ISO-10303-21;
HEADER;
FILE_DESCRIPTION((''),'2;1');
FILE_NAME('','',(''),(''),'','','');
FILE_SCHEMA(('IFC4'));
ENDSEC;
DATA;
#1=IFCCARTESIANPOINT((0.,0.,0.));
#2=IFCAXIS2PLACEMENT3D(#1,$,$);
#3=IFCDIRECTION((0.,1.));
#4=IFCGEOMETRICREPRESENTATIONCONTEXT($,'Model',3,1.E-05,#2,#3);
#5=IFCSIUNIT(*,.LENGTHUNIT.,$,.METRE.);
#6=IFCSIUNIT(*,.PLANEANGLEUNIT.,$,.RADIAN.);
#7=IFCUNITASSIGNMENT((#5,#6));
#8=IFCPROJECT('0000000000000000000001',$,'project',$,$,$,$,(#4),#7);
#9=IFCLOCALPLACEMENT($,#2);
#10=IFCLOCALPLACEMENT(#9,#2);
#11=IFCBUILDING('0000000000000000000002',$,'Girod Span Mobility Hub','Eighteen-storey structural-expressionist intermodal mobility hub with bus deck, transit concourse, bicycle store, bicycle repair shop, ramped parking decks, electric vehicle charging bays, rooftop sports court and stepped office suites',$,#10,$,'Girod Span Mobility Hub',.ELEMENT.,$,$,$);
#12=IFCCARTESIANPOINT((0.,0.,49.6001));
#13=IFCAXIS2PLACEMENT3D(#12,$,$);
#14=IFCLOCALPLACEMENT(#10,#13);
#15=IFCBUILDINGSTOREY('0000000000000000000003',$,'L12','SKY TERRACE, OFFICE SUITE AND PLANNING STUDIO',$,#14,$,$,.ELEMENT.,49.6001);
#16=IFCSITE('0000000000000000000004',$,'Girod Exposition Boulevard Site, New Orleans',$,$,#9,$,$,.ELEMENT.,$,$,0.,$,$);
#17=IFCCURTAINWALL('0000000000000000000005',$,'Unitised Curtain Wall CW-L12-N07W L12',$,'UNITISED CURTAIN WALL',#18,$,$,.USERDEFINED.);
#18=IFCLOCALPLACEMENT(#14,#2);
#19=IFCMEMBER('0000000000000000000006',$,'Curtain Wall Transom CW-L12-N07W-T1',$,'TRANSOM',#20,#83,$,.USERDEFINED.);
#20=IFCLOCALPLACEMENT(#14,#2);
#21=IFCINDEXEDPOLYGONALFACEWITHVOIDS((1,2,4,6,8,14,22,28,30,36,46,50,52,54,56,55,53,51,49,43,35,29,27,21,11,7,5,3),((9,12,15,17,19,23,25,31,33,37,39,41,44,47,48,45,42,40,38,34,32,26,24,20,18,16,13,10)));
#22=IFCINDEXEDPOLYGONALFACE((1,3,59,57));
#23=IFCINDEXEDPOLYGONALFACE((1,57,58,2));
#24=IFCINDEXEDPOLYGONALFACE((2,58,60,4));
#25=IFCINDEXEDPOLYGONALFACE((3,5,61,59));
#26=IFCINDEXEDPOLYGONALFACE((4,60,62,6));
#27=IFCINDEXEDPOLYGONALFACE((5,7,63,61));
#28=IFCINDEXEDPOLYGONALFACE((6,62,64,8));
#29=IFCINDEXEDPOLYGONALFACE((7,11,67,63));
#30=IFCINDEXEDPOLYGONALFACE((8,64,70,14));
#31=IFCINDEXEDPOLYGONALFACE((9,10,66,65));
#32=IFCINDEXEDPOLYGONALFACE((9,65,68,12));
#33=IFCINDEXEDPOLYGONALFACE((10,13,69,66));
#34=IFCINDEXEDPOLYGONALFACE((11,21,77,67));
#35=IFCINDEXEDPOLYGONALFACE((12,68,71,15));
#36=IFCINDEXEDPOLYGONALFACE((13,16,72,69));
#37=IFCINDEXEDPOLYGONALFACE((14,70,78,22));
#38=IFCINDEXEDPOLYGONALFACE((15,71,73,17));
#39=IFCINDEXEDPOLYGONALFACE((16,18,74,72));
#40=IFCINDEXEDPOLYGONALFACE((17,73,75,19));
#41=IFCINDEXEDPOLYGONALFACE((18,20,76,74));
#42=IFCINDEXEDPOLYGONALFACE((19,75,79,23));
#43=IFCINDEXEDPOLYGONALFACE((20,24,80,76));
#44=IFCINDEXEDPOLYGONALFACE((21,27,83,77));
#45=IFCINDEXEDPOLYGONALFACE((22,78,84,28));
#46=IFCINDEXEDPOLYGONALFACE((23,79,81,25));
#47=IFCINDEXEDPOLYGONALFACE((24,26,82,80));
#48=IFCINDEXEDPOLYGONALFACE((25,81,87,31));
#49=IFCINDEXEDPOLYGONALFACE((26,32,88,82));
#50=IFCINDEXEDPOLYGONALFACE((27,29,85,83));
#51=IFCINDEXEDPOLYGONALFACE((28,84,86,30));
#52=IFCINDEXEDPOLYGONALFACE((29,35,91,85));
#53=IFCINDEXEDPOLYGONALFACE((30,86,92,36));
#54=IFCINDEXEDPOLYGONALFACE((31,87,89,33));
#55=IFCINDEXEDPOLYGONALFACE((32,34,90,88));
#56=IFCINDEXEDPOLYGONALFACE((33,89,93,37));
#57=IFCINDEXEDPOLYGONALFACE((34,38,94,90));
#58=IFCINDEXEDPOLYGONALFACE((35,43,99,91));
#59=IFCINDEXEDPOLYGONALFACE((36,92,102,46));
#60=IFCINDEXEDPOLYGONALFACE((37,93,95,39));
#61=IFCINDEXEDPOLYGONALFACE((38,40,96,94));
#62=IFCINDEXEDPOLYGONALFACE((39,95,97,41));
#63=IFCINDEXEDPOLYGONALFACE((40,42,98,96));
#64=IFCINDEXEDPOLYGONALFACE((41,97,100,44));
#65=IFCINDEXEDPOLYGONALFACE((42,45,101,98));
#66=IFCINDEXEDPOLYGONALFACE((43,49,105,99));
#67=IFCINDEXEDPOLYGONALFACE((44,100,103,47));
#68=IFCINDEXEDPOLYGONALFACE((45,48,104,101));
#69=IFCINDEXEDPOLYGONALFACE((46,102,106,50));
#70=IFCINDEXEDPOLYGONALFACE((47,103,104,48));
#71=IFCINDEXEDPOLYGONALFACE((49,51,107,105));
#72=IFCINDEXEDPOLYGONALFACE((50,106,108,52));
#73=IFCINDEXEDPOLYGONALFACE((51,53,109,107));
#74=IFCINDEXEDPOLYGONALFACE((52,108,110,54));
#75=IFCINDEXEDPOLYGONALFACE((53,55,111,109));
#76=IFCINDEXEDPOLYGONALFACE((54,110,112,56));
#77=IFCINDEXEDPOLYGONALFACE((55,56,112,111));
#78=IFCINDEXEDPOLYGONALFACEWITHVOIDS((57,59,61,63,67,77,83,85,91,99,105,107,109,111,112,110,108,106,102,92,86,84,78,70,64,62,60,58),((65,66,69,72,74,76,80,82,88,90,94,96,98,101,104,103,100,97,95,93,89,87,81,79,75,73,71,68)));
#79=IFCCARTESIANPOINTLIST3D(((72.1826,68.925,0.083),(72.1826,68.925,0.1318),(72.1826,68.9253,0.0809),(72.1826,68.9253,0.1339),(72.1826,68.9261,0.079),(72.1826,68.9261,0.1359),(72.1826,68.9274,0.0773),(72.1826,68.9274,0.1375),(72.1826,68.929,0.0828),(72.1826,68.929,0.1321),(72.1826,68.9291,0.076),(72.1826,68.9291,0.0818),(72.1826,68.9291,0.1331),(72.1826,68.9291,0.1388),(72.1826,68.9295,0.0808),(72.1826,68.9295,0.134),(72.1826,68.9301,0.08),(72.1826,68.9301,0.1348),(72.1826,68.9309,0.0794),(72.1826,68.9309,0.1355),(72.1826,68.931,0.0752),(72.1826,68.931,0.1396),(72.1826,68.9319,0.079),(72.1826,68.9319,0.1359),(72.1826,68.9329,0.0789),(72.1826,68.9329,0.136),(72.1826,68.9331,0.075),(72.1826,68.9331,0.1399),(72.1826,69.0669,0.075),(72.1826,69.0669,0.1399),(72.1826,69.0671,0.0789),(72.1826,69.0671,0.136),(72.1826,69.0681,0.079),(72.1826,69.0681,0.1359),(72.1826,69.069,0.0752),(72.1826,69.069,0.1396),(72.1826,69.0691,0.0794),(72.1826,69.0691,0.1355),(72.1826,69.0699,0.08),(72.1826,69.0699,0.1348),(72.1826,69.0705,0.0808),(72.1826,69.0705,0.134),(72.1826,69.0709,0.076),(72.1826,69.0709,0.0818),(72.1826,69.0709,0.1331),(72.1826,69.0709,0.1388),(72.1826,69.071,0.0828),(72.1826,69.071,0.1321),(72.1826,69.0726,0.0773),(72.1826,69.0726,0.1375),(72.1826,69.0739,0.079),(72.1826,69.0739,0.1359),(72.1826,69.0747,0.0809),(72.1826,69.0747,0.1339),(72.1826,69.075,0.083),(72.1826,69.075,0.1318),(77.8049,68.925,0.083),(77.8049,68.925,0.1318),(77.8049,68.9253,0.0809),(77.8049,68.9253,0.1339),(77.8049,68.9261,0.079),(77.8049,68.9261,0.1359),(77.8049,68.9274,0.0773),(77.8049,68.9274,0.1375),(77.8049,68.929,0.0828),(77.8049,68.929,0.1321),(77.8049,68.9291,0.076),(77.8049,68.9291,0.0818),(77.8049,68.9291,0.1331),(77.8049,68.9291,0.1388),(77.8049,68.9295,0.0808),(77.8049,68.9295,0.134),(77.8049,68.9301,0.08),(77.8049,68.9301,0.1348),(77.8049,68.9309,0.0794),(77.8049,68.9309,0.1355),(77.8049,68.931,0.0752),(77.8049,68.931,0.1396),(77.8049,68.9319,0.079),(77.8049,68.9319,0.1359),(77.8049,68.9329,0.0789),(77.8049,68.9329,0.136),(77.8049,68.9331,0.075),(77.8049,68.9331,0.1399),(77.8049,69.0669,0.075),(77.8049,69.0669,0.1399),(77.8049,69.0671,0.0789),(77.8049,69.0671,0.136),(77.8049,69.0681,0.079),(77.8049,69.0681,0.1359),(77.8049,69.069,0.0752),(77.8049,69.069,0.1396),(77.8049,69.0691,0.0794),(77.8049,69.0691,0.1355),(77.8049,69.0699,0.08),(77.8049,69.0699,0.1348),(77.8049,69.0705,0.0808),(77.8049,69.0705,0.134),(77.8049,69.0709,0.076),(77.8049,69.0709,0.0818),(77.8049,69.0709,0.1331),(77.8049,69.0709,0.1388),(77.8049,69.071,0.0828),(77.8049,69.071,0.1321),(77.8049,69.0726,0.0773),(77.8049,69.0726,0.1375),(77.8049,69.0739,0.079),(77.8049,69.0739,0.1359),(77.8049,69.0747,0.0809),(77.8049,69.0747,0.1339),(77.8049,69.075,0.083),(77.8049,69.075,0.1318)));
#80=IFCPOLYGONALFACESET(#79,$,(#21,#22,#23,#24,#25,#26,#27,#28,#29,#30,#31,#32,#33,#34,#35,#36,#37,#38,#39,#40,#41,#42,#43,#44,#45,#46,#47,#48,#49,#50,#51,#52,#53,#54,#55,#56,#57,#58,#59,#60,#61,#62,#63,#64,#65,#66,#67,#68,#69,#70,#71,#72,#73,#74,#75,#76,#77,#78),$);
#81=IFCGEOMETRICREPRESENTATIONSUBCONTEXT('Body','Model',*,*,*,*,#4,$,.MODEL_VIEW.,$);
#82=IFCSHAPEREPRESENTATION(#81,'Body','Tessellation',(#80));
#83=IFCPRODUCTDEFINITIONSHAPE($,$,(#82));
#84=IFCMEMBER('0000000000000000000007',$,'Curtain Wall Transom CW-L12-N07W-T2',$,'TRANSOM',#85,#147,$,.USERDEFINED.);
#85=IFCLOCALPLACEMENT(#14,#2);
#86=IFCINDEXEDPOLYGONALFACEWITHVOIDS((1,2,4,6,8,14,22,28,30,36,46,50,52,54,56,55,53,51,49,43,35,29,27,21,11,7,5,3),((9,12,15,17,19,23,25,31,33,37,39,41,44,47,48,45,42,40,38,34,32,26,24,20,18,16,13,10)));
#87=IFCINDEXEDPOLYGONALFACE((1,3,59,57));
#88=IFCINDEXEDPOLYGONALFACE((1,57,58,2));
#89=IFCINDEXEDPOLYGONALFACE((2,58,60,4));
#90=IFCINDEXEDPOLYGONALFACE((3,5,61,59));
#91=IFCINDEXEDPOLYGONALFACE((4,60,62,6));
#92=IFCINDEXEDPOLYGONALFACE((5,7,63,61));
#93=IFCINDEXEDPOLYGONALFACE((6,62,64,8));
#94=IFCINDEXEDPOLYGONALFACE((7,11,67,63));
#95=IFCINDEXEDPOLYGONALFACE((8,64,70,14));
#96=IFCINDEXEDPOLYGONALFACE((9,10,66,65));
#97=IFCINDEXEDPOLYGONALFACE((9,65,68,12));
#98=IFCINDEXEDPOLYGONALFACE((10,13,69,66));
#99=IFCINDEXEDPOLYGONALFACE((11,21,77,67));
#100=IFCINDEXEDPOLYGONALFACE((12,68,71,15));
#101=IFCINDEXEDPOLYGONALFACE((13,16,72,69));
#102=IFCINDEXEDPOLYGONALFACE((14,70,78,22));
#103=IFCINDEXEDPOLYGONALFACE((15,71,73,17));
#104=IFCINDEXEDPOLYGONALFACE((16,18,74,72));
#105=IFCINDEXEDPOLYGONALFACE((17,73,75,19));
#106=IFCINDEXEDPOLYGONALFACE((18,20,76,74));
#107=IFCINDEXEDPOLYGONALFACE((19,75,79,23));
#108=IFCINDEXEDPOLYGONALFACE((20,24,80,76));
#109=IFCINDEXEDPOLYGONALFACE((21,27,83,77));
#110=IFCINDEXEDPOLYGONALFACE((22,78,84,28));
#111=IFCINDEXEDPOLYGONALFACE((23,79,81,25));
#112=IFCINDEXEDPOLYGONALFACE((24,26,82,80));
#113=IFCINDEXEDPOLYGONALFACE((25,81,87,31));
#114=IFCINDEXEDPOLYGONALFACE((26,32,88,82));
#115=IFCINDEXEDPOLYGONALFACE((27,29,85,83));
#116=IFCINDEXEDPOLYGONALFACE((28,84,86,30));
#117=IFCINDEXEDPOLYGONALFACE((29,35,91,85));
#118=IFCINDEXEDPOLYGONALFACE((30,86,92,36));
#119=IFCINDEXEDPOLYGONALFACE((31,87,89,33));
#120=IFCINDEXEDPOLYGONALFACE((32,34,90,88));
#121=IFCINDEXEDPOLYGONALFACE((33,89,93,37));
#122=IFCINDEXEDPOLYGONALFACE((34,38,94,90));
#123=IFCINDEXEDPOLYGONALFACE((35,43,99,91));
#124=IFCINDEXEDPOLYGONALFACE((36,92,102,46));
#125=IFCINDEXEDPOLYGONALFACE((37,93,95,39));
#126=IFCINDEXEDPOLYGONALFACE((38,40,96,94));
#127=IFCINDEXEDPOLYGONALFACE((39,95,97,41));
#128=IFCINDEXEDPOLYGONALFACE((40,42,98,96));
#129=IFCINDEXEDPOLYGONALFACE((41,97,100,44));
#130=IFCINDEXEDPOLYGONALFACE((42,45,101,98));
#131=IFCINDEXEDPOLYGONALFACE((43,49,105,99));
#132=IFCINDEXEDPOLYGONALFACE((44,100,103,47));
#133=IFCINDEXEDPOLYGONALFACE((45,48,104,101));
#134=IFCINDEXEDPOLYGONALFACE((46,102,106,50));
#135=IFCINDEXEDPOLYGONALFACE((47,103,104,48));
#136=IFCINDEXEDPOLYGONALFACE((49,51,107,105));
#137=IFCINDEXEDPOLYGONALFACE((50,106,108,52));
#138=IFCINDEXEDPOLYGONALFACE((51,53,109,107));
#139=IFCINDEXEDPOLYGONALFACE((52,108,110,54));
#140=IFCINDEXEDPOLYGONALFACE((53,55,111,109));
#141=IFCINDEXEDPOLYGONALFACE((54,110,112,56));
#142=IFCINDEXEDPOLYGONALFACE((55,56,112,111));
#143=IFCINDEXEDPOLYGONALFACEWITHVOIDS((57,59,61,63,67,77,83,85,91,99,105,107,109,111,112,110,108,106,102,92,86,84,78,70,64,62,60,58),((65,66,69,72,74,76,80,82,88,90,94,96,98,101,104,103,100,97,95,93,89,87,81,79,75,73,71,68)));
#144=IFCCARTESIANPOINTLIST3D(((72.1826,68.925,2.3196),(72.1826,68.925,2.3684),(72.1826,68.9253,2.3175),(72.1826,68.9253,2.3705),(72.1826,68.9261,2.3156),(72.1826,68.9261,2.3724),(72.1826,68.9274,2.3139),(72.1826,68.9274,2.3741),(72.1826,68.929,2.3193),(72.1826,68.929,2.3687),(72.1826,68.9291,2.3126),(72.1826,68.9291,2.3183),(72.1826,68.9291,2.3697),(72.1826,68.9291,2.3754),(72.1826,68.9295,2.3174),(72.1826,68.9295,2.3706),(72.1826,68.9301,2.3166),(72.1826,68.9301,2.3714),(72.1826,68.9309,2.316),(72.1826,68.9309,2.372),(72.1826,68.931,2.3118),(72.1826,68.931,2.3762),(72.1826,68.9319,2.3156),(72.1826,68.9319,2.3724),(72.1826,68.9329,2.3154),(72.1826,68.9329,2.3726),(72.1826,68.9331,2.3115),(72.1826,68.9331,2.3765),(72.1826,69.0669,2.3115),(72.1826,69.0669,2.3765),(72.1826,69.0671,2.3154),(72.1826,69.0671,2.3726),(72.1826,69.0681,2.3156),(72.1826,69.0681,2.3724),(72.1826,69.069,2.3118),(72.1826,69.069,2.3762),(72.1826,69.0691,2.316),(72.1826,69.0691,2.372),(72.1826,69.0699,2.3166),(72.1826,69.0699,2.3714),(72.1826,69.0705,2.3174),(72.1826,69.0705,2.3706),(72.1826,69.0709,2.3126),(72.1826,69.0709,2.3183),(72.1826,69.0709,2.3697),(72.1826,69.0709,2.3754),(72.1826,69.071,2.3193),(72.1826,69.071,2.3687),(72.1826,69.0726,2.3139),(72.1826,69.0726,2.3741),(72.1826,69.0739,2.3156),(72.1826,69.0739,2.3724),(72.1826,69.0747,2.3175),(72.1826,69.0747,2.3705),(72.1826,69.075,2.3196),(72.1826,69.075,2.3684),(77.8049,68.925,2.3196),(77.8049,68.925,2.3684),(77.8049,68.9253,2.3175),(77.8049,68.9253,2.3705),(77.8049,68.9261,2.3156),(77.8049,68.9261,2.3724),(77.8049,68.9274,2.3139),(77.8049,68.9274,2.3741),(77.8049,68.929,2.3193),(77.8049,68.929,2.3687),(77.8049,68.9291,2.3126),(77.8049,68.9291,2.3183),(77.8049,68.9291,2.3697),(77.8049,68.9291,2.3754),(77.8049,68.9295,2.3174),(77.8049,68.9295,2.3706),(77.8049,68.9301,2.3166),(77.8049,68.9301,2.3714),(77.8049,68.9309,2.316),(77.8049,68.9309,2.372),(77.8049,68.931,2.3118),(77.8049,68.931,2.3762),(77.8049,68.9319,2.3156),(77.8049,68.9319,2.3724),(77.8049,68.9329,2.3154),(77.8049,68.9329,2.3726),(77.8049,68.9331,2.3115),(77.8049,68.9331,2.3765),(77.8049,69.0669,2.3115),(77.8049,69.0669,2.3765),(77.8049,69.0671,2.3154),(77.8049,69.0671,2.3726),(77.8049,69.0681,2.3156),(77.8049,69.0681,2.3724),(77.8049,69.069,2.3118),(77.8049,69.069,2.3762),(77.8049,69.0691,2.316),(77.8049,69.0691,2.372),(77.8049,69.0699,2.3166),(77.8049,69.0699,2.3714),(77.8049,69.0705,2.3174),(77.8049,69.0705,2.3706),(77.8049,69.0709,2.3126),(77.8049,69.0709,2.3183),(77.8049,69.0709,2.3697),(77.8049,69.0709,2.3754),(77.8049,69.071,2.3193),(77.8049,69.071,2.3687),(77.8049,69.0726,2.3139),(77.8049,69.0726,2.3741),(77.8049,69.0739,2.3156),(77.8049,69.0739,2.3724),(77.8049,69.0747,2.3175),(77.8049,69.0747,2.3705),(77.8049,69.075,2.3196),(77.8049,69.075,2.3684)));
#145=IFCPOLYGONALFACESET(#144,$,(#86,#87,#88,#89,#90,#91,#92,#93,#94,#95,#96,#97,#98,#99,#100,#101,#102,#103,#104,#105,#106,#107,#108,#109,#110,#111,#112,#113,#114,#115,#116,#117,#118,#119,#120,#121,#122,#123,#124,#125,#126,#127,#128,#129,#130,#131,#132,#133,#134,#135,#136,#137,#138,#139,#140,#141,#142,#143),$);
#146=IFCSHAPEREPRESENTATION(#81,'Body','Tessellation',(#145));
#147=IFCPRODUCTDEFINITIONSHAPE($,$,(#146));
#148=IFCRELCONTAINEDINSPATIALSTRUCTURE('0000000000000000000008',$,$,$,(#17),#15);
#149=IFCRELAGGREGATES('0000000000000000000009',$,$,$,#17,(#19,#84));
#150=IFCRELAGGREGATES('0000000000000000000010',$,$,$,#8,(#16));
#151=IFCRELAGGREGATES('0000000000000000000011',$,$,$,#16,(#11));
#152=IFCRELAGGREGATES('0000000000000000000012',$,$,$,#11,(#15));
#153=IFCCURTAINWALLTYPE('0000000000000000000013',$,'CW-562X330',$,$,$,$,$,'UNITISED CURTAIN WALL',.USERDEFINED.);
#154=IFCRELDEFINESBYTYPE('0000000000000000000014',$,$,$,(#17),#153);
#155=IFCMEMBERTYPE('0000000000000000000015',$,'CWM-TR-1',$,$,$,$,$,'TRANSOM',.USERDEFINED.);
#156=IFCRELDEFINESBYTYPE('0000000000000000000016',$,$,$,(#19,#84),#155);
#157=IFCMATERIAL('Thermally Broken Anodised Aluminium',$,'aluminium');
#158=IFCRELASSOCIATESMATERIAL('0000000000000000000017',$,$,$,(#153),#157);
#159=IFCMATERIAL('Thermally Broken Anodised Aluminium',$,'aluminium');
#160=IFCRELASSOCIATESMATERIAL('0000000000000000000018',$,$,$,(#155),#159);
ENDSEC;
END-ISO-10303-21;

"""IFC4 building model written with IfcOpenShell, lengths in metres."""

from ifc_helpers import new_model, si_unit, direction, frame, origin, origin_2d, place, context, subcontext, project, spatial, hollow_rectangle, extrude, material, material_profile, profile_set, type_object, element, aggregate, save


model = new_model("IFC4")

# Units and contexts
model_context = context("Model", 3, precision=1e-05, world=origin(), true_north=direction((0.0, 1.0)))
body_context = subcontext(model_context, "Body", "Model", "MODEL_VIEW")
ifc_project = project(units=[si_unit("LENGTHUNIT", "METRE"), si_unit("PLANEANGLEUNIT", "RADIAN")], contexts=[model_context])

# Site, building, storey
site_placement = place(None, origin())
site = spatial("IfcSite", under=ifc_project, at=site_placement, Name="Girod Exposition Boulevard Site, New Orleans", CompositionType="ELEMENT", RefElevation=0.0)
building_placement = place(site_placement, origin())
building = spatial("IfcBuilding", under=site, at=building_placement, Name="Girod Span Mobility Hub", Description="Eighteen-storey structural-expressionist intermodal mobility hub with bus deck, transit concourse, bicycle store, bicycle repair shop, ramped parking decks, electric vehicle charging bays, rooftop sports court and stepped office suites", LongName="Girod Span Mobility Hub", CompositionType="ELEMENT")
storey_placement = place(building_placement, frame((0.0, 0.0, 49.6001)))
storey = spatial("IfcBuildingStorey", under=building, at=storey_placement, Name="L12", Description="SKY TERRACE, OFFICE SUITE AND PLANNING STUDIO", CompositionType="ELEMENT", Elevation=49.6001)

# Curtain wall
ifc_material_1 = material(Name="Thermally Broken Anodised Aluminium", Category="aluminium")
curtain_wall_type = type_object("IfcCurtainWallType", Name="CW-562X330", ElementType="UNITISED CURTAIN WALL", PredefinedType="USERDEFINED", material=ifc_material_1)
curtain_wall_1_placement = place(storey_placement, origin())
curtain_wall_1 = element("IfcCurtainWall", 1, at=curtain_wall_1_placement, inside=storey, type_object=curtain_wall_type, Name="Unitised Curtain Wall CW-L12-N07W L12", ObjectType="UNITISED CURTAIN WALL", PredefinedType="USERDEFINED")

# Members
ifc_material_2 = material(Name="Thermally Broken Anodised Aluminium", Category="aluminium")
ifc_material_profile_1 = material_profile(ifc_material_2, hollow_rectangle(XDim=0.1499, YDim=0.0649, WallThickness=0.0039, InnerFilletRadius=0.0039, OuterFilletRadius=0.0081, at=origin_2d()), Name="CW-TR-65X150")
ifc_profile_set_1 = profile_set([ifc_material_profile_1], Name="Thermally Broken Anodised Aluminium")
member_type_1 = type_object("IfcMemberType", Name="CWM-TR-1", ElementType="TRANSOM", PredefinedType="USERDEFINED", material=ifc_profile_set_1)
member_1_placement = place(storey_placement, frame((72.1826, 69.0, 0.1074), z_axis=(1.0, 0.0, 0.0), x_axis=(0.0, 1.0, 0.0)))
member_1 = element("IfcMember", 2, at=member_1_placement, type_object=member_type_1, Name="Curtain Wall Transom CW-L12-N07W-T1", ObjectType="TRANSOM", PredefinedType="USERDEFINED", context=body_context, shape_type="SweptSolid", body=[
    extrude(hollow_rectangle(XDim=0.1499, YDim=0.0649, WallThickness=0.0039, InnerFilletRadius=0.0039, OuterFilletRadius=0.0081, at=origin_2d()), origin(), (0.0, 0.0, 1.0), 5.6223),
])
member_2_placement = place(storey_placement, frame((72.1826, 69.0, 2.344), z_axis=(1.0, 0.0, 0.0), x_axis=(0.0, 1.0, 0.0)))
member_2 = element("IfcMember", 3, at=member_2_placement, type_object=member_type_1, Name="Curtain Wall Transom CW-L12-N07W-T2", ObjectType="TRANSOM", PredefinedType="USERDEFINED", context=body_context, shape_type="SweptSolid", body=[
    extrude(hollow_rectangle(XDim=0.1499, YDim=0.0649, WallThickness=0.0039, InnerFilletRadius=0.0039, OuterFilletRadius=0.0081, at=origin_2d()), origin(), (0.0, 0.0, 1.0), 5.6223),
])

aggregate(curtain_wall_1, [member_1, member_2])

save(model, "model.ifc")
